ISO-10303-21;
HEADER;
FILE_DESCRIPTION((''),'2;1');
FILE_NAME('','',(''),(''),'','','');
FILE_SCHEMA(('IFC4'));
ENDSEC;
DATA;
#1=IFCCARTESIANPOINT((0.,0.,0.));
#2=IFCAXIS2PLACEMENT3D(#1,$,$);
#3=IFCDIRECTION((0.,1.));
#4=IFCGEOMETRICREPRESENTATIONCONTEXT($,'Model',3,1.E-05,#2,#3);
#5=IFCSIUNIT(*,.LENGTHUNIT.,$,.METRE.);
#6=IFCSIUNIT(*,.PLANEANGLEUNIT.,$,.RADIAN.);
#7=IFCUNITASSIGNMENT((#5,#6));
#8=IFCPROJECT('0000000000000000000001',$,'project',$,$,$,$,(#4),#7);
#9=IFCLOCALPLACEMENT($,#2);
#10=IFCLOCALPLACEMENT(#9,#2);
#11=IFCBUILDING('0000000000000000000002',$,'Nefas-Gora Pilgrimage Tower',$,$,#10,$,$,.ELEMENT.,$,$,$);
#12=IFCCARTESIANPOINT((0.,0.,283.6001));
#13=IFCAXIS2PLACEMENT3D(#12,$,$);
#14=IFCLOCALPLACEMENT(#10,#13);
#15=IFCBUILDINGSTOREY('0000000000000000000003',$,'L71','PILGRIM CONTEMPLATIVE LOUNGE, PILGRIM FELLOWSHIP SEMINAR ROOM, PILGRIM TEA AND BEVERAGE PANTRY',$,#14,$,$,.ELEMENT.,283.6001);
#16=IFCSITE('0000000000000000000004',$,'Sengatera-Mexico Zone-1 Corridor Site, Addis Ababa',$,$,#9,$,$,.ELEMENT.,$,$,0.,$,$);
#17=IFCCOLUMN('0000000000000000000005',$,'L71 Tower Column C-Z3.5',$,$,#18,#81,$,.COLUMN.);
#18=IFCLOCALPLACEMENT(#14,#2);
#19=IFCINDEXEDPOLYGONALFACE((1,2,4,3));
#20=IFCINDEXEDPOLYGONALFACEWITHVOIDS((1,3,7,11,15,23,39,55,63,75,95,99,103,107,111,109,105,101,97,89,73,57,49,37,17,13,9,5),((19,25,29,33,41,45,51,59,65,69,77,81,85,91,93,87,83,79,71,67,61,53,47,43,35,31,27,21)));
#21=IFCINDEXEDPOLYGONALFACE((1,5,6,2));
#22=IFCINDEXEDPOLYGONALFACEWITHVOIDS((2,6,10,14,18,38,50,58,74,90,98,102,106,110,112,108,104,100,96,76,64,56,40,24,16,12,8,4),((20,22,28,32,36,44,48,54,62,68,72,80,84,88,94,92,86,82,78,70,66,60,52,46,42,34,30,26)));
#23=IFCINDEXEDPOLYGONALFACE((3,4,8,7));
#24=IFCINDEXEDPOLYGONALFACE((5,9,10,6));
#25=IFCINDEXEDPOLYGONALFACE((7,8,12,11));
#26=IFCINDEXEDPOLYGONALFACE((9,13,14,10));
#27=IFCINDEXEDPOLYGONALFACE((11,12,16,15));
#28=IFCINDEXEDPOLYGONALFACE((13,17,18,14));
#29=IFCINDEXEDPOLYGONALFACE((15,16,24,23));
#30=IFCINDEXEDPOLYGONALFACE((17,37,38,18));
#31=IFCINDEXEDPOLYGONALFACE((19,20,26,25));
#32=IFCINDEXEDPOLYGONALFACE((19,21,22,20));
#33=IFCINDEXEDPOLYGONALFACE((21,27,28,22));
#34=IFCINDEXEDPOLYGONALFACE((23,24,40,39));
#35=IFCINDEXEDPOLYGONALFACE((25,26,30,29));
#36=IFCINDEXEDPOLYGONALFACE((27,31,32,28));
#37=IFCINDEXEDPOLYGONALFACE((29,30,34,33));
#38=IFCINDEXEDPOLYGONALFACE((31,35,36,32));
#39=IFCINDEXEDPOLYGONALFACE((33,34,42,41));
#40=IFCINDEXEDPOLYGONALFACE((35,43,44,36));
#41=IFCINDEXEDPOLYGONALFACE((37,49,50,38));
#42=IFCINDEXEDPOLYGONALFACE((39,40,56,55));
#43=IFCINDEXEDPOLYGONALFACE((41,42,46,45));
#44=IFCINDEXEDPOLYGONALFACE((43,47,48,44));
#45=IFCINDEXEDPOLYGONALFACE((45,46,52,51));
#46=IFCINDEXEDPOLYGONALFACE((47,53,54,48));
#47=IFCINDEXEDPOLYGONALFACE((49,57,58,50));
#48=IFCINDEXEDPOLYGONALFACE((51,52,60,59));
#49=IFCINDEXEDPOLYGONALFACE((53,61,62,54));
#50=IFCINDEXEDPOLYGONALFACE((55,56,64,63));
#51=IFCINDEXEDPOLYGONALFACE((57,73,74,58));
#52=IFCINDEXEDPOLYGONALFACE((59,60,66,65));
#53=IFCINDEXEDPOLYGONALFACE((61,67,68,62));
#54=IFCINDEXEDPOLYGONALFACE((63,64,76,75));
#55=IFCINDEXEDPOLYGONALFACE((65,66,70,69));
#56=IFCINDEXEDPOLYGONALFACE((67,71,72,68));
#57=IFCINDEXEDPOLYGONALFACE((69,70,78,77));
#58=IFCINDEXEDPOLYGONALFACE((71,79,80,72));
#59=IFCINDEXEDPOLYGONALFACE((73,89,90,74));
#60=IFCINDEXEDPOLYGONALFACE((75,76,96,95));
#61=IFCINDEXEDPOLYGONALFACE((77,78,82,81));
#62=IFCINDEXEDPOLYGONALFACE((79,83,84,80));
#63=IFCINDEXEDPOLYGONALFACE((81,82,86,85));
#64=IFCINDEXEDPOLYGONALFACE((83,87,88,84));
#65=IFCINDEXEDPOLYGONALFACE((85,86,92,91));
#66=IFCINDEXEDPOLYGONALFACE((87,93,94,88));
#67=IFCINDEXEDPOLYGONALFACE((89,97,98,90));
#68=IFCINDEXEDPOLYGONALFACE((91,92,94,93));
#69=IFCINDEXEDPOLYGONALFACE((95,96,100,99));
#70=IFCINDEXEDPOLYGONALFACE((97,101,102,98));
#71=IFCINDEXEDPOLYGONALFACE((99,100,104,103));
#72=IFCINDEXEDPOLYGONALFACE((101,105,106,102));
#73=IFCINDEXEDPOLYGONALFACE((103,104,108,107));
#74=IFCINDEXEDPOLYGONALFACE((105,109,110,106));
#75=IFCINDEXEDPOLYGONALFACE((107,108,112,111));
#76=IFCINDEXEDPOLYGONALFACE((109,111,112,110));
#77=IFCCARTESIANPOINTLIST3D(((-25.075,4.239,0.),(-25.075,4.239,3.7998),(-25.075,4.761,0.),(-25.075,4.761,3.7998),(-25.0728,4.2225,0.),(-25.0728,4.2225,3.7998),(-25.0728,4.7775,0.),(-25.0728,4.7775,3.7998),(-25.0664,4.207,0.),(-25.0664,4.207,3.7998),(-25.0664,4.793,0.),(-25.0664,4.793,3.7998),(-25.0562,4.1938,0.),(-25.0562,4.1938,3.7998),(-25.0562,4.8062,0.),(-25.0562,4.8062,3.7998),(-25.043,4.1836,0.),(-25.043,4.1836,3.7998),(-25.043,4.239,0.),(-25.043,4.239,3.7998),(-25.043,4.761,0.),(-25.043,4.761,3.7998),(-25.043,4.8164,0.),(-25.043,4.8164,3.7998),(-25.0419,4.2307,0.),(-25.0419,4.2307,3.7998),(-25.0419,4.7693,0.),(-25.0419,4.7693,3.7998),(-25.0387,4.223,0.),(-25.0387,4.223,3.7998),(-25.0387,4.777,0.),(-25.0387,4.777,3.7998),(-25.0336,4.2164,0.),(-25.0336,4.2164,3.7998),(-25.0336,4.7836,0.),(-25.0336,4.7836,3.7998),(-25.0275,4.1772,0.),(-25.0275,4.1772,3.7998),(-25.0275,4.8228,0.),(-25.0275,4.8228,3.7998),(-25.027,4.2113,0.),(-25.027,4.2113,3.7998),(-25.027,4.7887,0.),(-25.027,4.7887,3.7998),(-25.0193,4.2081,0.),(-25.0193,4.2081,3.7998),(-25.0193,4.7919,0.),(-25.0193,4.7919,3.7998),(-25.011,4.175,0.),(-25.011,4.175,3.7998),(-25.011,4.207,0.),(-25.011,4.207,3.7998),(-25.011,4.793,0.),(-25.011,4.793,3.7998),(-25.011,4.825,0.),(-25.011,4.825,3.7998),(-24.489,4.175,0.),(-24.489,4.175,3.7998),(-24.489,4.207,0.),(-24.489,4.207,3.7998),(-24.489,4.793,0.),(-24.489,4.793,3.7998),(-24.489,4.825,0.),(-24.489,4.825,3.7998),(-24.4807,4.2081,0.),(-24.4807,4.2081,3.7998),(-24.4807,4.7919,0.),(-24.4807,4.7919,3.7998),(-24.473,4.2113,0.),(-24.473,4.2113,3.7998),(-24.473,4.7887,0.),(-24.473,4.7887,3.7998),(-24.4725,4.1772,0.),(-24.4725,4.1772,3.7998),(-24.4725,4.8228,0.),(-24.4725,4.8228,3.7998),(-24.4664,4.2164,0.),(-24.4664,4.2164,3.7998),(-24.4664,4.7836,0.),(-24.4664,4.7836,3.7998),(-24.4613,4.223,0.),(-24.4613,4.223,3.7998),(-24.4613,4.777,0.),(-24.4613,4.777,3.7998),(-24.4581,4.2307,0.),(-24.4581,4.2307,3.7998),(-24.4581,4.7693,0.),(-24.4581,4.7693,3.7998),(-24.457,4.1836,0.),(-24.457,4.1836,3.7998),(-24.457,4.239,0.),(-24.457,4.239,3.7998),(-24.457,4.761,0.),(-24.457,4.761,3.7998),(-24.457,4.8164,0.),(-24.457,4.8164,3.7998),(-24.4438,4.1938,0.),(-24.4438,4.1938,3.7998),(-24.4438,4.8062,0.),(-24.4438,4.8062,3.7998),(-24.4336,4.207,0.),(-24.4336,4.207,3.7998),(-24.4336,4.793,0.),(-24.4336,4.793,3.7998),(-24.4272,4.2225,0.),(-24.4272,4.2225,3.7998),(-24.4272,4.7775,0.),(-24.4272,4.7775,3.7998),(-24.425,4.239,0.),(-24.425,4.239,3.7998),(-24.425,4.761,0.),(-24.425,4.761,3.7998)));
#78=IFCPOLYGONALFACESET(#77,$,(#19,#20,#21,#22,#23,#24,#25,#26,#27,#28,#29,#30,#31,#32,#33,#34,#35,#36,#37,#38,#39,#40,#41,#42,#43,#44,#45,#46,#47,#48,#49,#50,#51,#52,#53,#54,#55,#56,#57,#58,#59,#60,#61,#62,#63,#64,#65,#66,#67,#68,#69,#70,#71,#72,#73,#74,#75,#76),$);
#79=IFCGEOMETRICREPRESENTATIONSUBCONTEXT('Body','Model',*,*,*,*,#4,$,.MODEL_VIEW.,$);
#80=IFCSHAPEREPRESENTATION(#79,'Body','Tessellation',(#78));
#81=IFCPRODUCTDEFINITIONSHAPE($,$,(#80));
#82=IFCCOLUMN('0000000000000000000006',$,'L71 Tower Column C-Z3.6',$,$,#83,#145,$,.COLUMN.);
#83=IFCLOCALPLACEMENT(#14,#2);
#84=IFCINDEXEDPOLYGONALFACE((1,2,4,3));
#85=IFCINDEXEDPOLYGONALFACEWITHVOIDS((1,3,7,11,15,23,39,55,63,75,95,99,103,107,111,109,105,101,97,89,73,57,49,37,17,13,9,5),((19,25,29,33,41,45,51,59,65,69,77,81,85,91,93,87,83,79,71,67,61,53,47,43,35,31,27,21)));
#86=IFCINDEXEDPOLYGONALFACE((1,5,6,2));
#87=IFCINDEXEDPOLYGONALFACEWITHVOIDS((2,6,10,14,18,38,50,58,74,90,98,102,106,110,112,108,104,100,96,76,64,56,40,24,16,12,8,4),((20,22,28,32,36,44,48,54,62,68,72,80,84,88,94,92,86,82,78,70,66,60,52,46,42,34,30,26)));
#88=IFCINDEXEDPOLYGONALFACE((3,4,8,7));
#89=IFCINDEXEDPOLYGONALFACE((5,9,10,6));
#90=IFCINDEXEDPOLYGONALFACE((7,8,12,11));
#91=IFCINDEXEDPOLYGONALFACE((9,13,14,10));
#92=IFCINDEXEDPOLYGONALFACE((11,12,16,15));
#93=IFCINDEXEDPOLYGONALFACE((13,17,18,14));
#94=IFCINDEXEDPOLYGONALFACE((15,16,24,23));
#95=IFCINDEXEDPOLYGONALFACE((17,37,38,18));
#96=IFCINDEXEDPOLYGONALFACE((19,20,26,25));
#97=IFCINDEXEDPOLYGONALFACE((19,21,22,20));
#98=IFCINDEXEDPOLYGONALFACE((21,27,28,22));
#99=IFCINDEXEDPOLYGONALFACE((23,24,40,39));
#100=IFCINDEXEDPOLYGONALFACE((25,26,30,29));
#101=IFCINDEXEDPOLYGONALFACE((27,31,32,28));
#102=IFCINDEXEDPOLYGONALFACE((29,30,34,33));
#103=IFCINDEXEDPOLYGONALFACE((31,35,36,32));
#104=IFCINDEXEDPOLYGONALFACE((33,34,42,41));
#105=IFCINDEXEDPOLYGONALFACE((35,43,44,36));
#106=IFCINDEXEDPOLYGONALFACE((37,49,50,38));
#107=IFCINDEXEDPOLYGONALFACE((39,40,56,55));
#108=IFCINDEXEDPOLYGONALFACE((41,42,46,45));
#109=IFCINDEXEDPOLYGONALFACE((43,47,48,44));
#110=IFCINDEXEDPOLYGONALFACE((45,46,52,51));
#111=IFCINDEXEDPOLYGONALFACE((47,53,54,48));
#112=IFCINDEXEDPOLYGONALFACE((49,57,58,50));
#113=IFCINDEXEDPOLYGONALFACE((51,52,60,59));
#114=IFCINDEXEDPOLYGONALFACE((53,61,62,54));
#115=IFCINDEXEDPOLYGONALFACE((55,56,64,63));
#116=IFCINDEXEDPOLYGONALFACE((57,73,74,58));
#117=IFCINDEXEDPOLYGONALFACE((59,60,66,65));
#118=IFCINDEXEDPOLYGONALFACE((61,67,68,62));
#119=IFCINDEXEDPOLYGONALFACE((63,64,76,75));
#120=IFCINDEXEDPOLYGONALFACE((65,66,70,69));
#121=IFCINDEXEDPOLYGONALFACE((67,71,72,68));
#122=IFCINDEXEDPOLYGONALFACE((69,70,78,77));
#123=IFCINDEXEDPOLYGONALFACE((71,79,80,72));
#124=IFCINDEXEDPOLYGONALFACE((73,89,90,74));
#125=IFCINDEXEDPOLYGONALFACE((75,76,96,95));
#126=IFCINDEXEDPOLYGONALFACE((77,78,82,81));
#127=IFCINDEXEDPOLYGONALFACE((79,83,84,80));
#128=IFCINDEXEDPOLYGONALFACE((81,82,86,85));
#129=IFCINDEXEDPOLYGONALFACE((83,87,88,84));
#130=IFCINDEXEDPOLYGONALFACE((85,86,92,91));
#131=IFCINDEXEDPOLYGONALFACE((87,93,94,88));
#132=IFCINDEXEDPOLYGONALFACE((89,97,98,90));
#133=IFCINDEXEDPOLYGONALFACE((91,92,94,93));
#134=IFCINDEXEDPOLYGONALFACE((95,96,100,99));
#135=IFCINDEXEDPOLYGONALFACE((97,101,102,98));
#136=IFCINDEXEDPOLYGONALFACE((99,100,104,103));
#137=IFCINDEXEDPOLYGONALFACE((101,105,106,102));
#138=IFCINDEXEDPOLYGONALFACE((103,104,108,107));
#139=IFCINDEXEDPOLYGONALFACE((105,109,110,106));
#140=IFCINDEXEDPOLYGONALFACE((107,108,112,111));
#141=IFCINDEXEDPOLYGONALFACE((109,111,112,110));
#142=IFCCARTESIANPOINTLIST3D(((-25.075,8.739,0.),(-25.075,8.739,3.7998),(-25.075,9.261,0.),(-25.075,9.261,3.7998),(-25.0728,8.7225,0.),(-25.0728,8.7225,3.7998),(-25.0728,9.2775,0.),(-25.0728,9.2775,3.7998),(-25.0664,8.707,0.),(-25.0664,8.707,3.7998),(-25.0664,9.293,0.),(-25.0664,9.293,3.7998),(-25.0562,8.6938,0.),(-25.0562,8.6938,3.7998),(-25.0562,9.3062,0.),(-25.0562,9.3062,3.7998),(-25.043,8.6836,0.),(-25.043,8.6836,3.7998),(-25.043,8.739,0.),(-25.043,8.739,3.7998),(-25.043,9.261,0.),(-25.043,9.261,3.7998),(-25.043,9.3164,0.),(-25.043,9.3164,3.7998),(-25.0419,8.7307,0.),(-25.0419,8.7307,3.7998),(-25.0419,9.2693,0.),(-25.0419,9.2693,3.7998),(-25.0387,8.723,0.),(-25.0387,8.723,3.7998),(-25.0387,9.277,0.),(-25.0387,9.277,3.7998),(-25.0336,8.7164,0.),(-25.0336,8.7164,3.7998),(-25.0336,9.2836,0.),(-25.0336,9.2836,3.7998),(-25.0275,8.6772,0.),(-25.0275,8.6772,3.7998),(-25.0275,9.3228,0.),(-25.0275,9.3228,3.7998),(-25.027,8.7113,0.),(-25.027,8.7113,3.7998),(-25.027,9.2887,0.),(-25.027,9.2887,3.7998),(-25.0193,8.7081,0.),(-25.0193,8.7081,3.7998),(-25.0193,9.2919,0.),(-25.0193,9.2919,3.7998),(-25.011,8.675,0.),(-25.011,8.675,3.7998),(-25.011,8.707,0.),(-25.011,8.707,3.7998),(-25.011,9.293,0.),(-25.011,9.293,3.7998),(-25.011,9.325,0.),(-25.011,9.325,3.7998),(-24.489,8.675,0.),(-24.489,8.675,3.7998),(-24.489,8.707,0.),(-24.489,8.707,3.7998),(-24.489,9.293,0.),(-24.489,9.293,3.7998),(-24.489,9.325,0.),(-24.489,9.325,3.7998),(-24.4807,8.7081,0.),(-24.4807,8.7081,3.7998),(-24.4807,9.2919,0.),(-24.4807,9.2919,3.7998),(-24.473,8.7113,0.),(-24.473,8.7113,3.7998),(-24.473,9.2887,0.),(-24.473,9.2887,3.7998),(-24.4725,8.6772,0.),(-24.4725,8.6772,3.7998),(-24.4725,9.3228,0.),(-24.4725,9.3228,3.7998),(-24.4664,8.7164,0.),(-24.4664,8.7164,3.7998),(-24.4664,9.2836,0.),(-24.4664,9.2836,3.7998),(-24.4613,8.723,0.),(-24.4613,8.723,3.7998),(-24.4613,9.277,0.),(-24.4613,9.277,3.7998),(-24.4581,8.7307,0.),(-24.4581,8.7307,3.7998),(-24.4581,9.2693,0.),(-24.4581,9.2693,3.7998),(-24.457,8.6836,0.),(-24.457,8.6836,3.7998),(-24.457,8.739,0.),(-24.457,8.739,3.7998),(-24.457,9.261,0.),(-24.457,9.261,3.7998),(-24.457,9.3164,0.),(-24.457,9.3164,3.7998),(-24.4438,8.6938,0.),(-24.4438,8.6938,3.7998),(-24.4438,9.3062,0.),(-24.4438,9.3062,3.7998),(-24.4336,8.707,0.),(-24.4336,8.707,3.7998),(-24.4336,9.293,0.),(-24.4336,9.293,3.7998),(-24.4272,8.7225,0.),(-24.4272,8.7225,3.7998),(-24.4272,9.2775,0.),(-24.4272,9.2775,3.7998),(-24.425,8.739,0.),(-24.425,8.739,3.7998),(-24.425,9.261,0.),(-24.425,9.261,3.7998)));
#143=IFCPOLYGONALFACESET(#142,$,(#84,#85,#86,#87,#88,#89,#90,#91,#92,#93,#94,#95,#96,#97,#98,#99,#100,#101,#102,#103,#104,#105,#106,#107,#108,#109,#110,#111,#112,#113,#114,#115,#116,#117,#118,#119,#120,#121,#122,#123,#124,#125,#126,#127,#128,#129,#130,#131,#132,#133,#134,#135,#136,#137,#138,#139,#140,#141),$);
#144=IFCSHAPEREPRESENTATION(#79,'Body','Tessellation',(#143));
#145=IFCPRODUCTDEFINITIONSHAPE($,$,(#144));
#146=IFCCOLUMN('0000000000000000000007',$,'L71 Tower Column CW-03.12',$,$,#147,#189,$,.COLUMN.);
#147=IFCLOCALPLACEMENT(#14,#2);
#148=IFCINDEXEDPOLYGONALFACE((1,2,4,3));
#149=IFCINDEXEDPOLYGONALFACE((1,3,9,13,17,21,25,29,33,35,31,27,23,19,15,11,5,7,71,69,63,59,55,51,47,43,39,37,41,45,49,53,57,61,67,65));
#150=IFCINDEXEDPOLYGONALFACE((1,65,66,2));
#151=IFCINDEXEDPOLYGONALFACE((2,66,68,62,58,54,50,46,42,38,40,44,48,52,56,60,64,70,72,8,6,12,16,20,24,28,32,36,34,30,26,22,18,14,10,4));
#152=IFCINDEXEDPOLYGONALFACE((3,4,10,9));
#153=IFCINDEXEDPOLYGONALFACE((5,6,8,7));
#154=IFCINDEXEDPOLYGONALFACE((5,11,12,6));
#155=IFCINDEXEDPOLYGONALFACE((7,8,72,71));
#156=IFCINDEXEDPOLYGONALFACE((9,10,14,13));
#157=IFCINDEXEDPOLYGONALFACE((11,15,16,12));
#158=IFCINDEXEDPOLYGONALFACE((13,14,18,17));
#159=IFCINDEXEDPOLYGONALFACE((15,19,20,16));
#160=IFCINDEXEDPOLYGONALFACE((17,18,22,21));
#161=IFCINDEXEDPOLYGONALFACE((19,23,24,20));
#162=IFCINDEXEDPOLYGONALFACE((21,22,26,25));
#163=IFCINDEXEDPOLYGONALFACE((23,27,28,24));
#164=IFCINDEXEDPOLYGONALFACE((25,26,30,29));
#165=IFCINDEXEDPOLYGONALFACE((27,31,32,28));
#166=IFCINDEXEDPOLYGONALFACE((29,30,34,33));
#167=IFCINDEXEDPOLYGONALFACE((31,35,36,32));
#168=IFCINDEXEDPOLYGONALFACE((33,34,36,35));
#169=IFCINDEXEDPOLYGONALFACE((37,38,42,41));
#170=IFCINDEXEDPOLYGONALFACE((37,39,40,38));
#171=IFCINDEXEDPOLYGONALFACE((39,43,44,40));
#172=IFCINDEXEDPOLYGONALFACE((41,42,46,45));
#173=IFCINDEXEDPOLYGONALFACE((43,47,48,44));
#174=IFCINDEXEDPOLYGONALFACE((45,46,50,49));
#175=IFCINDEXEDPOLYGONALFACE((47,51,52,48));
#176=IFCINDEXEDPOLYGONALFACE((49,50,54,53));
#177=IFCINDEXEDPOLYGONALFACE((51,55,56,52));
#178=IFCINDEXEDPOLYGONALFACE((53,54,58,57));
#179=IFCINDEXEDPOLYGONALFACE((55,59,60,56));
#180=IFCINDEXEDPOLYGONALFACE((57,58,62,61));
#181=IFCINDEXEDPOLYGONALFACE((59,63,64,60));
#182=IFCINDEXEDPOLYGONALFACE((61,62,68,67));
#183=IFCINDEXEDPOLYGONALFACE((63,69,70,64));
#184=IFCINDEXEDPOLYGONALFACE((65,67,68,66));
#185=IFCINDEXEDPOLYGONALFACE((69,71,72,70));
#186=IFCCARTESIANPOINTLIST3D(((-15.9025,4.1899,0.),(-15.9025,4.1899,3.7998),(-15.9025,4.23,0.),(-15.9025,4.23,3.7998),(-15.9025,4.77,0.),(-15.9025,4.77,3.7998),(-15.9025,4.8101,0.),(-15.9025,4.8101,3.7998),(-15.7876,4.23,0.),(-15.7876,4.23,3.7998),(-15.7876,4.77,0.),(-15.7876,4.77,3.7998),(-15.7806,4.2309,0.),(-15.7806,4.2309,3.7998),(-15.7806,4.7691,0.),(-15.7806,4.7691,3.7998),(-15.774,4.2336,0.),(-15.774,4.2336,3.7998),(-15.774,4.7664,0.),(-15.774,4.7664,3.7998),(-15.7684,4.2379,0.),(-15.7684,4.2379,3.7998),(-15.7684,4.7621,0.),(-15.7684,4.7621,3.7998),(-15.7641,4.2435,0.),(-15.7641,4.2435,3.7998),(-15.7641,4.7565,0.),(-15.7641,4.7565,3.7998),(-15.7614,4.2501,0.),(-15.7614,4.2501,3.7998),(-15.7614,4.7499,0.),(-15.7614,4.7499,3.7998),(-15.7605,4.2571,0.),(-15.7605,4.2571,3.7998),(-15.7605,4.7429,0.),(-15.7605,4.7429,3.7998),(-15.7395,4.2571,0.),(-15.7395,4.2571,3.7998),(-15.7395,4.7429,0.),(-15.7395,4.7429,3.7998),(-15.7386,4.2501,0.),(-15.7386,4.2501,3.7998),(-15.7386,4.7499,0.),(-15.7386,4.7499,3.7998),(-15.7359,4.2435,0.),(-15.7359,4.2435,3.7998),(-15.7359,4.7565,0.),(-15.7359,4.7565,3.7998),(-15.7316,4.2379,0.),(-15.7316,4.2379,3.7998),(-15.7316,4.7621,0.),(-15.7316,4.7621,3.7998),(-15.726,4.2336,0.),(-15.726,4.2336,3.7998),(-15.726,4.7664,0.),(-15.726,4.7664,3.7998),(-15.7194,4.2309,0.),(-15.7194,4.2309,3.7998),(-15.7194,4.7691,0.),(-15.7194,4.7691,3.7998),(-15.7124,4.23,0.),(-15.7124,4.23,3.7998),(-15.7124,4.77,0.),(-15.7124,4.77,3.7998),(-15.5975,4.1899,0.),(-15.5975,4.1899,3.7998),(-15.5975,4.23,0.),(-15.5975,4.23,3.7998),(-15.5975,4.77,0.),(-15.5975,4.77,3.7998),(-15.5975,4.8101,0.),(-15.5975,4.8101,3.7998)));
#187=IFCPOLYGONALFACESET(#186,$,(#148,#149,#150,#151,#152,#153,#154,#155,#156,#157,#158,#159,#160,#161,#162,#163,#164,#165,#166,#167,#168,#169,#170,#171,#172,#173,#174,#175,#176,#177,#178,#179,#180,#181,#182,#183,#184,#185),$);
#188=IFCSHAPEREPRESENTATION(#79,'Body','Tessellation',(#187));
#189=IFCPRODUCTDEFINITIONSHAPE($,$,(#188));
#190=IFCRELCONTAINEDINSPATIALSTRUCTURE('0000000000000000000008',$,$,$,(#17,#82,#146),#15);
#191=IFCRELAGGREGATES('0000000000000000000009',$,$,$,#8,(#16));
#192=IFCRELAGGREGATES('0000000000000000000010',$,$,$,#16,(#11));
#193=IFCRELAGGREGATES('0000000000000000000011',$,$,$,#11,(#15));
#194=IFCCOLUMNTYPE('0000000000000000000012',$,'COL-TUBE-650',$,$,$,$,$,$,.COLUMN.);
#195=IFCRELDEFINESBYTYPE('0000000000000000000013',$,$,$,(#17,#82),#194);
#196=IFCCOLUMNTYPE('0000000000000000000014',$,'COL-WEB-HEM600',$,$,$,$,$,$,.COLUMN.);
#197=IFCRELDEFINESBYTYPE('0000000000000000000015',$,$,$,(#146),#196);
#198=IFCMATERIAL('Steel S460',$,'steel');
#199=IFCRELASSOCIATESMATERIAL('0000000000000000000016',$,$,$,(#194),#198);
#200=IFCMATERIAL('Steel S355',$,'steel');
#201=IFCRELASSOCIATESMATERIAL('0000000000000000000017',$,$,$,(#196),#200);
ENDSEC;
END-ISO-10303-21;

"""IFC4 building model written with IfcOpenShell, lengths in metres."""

from ifc_helpers import new_model, si_unit, direction, frame, origin, origin_2d, place, context, subcontext, project, spatial, hollow_rectangle, i_section, extrude, source, transform, mapped, material, material_profile, profile_set, type_object, element, save


model = new_model("IFC4")

# Units and contexts
model_context = context("Model", 3, precision=1e-05, world=origin(), true_north=direction((0.0, 1.0)))
body_context = subcontext(model_context, "Body", "Model", "MODEL_VIEW")
ifc_project = project(units=[si_unit("LENGTHUNIT", "METRE"), si_unit("PLANEANGLEUNIT", "RADIAN")], contexts=[model_context])

# Site, building, storey
site_placement = place(None, origin())
site = spatial("IfcSite", under=ifc_project, at=site_placement, Name="Sengatera-Mexico Zone-1 Corridor Site, Addis Ababa", CompositionType="ELEMENT", RefElevation=0.0)
building_placement = place(site_placement, origin())
building = spatial("IfcBuilding", under=site, at=building_placement, Name="Nefas-Gora Pilgrimage Tower", CompositionType="ELEMENT")
storey_placement = place(building_placement, frame((0.0, 0.0, 283.6001)))
storey = spatial("IfcBuildingStorey", under=building, at=storey_placement, Name="L71", Description="PILGRIM CONTEMPLATIVE LOUNGE, PILGRIM FELLOWSHIP SEMINAR ROOM, PILGRIM TEA AND BEVERAGE PANTRY", CompositionType="ELEMENT", Elevation=283.6001)

# Columns
ifc_material_1 = material(Name="Steel S460", Category="steel")
ifc_material_profile_1 = material_profile(ifc_material_1, hollow_rectangle(XDim=0.6499, YDim=0.6499, WallThickness=0.032, InnerFilletRadius=0.032, OuterFilletRadius=0.064, at=origin_2d()), Name="BOX 650x650x32")
ifc_profile_set_1 = profile_set([ifc_material_profile_1], Name="Steel S460")
column_type_1 = type_object("IfcColumnType", Name="COL-TUBE-650", PredefinedType="COLUMN", material=ifc_profile_set_1)
shared_shape_1 = source(origin(), body_context, "Body", "SweptSolid", [
    extrude(hollow_rectangle(XDim=0.6499, YDim=0.6499, WallThickness=0.032, InnerFilletRadius=0.032, OuterFilletRadius=0.064, at=origin_2d()), origin(), (0.0, 0.0, 1.0), 3.7998),
])
for number, where, z_axis, x_axis, name in (
    (1, (-24.75, 4.5, 0.0), (0.0, 0.0, 1.0), (1.0, 0.0, 0.0), "L71 Tower Column C-Z3.5"),
    (2, (-24.75, 9.0, 0.0), (0.0, 0.0, 1.0), (1.0, 0.0, 0.0), "L71 Tower Column C-Z3.6"),
):
    element("IfcColumn", number, at=place(storey_placement, frame(where, z_axis=z_axis, x_axis=x_axis)), inside=storey, type_object=column_type_1, Name=name, PredefinedType="COLUMN", context=body_context, shape_type="MappedRepresentation", body=[
        mapped(shared_shape_1, transform((0.0, 0.0, 0.0), x_axis=(1.0, 0.0, 0.0), y_axis=(0.0, 1.0, 0.0), z_axis=(0.0, 0.0, 1.0), scale=1.0)),
    ])
ifc_material_2 = material(Name="Steel S355", Category="steel")
ifc_material_profile_2 = material_profile(ifc_material_2, i_section(OverallWidth=0.3049, OverallDepth=0.6201, WebThickness=0.021, FlangeThickness=0.04, FilletRadius=0.0271, at=origin_2d()), Name="HEM 600")
ifc_profile_set_2 = profile_set([ifc_material_profile_2], Name="Steel S355")
column_type_2 = type_object("IfcColumnType", Name="COL-WEB-HEM600", PredefinedType="COLUMN", material=ifc_profile_set_2)
shared_shape_2 = source(origin(), body_context, "Body", "SweptSolid", [
    extrude(i_section(OverallWidth=0.3049, OverallDepth=0.6201, WebThickness=0.021, FlangeThickness=0.04, FilletRadius=0.0271, at=origin_2d()), origin(), (0.0, 0.0, 1.0), 3.7998),
])
for number, where, z_axis, x_axis, name in (
    (3, (-15.75, 4.5, 0.0), (0.0, 0.0, 1.0), (1.0, 0.0, 0.0), "L71 Tower Column CW-03.12"),
):
    element("IfcColumn", number, at=place(storey_placement, frame(where, z_axis=z_axis, x_axis=x_axis)), inside=storey, type_object=column_type_2, Name=name, PredefinedType="COLUMN", context=body_context, shape_type="MappedRepresentation", body=[
        mapped(shared_shape_2, transform((0.0, 0.0, 0.0), x_axis=(1.0, 0.0, 0.0), y_axis=(0.0, 1.0, 0.0), z_axis=(0.0, 0.0, 1.0), scale=1.0)),
    ])

save(model, "model.ifc")
